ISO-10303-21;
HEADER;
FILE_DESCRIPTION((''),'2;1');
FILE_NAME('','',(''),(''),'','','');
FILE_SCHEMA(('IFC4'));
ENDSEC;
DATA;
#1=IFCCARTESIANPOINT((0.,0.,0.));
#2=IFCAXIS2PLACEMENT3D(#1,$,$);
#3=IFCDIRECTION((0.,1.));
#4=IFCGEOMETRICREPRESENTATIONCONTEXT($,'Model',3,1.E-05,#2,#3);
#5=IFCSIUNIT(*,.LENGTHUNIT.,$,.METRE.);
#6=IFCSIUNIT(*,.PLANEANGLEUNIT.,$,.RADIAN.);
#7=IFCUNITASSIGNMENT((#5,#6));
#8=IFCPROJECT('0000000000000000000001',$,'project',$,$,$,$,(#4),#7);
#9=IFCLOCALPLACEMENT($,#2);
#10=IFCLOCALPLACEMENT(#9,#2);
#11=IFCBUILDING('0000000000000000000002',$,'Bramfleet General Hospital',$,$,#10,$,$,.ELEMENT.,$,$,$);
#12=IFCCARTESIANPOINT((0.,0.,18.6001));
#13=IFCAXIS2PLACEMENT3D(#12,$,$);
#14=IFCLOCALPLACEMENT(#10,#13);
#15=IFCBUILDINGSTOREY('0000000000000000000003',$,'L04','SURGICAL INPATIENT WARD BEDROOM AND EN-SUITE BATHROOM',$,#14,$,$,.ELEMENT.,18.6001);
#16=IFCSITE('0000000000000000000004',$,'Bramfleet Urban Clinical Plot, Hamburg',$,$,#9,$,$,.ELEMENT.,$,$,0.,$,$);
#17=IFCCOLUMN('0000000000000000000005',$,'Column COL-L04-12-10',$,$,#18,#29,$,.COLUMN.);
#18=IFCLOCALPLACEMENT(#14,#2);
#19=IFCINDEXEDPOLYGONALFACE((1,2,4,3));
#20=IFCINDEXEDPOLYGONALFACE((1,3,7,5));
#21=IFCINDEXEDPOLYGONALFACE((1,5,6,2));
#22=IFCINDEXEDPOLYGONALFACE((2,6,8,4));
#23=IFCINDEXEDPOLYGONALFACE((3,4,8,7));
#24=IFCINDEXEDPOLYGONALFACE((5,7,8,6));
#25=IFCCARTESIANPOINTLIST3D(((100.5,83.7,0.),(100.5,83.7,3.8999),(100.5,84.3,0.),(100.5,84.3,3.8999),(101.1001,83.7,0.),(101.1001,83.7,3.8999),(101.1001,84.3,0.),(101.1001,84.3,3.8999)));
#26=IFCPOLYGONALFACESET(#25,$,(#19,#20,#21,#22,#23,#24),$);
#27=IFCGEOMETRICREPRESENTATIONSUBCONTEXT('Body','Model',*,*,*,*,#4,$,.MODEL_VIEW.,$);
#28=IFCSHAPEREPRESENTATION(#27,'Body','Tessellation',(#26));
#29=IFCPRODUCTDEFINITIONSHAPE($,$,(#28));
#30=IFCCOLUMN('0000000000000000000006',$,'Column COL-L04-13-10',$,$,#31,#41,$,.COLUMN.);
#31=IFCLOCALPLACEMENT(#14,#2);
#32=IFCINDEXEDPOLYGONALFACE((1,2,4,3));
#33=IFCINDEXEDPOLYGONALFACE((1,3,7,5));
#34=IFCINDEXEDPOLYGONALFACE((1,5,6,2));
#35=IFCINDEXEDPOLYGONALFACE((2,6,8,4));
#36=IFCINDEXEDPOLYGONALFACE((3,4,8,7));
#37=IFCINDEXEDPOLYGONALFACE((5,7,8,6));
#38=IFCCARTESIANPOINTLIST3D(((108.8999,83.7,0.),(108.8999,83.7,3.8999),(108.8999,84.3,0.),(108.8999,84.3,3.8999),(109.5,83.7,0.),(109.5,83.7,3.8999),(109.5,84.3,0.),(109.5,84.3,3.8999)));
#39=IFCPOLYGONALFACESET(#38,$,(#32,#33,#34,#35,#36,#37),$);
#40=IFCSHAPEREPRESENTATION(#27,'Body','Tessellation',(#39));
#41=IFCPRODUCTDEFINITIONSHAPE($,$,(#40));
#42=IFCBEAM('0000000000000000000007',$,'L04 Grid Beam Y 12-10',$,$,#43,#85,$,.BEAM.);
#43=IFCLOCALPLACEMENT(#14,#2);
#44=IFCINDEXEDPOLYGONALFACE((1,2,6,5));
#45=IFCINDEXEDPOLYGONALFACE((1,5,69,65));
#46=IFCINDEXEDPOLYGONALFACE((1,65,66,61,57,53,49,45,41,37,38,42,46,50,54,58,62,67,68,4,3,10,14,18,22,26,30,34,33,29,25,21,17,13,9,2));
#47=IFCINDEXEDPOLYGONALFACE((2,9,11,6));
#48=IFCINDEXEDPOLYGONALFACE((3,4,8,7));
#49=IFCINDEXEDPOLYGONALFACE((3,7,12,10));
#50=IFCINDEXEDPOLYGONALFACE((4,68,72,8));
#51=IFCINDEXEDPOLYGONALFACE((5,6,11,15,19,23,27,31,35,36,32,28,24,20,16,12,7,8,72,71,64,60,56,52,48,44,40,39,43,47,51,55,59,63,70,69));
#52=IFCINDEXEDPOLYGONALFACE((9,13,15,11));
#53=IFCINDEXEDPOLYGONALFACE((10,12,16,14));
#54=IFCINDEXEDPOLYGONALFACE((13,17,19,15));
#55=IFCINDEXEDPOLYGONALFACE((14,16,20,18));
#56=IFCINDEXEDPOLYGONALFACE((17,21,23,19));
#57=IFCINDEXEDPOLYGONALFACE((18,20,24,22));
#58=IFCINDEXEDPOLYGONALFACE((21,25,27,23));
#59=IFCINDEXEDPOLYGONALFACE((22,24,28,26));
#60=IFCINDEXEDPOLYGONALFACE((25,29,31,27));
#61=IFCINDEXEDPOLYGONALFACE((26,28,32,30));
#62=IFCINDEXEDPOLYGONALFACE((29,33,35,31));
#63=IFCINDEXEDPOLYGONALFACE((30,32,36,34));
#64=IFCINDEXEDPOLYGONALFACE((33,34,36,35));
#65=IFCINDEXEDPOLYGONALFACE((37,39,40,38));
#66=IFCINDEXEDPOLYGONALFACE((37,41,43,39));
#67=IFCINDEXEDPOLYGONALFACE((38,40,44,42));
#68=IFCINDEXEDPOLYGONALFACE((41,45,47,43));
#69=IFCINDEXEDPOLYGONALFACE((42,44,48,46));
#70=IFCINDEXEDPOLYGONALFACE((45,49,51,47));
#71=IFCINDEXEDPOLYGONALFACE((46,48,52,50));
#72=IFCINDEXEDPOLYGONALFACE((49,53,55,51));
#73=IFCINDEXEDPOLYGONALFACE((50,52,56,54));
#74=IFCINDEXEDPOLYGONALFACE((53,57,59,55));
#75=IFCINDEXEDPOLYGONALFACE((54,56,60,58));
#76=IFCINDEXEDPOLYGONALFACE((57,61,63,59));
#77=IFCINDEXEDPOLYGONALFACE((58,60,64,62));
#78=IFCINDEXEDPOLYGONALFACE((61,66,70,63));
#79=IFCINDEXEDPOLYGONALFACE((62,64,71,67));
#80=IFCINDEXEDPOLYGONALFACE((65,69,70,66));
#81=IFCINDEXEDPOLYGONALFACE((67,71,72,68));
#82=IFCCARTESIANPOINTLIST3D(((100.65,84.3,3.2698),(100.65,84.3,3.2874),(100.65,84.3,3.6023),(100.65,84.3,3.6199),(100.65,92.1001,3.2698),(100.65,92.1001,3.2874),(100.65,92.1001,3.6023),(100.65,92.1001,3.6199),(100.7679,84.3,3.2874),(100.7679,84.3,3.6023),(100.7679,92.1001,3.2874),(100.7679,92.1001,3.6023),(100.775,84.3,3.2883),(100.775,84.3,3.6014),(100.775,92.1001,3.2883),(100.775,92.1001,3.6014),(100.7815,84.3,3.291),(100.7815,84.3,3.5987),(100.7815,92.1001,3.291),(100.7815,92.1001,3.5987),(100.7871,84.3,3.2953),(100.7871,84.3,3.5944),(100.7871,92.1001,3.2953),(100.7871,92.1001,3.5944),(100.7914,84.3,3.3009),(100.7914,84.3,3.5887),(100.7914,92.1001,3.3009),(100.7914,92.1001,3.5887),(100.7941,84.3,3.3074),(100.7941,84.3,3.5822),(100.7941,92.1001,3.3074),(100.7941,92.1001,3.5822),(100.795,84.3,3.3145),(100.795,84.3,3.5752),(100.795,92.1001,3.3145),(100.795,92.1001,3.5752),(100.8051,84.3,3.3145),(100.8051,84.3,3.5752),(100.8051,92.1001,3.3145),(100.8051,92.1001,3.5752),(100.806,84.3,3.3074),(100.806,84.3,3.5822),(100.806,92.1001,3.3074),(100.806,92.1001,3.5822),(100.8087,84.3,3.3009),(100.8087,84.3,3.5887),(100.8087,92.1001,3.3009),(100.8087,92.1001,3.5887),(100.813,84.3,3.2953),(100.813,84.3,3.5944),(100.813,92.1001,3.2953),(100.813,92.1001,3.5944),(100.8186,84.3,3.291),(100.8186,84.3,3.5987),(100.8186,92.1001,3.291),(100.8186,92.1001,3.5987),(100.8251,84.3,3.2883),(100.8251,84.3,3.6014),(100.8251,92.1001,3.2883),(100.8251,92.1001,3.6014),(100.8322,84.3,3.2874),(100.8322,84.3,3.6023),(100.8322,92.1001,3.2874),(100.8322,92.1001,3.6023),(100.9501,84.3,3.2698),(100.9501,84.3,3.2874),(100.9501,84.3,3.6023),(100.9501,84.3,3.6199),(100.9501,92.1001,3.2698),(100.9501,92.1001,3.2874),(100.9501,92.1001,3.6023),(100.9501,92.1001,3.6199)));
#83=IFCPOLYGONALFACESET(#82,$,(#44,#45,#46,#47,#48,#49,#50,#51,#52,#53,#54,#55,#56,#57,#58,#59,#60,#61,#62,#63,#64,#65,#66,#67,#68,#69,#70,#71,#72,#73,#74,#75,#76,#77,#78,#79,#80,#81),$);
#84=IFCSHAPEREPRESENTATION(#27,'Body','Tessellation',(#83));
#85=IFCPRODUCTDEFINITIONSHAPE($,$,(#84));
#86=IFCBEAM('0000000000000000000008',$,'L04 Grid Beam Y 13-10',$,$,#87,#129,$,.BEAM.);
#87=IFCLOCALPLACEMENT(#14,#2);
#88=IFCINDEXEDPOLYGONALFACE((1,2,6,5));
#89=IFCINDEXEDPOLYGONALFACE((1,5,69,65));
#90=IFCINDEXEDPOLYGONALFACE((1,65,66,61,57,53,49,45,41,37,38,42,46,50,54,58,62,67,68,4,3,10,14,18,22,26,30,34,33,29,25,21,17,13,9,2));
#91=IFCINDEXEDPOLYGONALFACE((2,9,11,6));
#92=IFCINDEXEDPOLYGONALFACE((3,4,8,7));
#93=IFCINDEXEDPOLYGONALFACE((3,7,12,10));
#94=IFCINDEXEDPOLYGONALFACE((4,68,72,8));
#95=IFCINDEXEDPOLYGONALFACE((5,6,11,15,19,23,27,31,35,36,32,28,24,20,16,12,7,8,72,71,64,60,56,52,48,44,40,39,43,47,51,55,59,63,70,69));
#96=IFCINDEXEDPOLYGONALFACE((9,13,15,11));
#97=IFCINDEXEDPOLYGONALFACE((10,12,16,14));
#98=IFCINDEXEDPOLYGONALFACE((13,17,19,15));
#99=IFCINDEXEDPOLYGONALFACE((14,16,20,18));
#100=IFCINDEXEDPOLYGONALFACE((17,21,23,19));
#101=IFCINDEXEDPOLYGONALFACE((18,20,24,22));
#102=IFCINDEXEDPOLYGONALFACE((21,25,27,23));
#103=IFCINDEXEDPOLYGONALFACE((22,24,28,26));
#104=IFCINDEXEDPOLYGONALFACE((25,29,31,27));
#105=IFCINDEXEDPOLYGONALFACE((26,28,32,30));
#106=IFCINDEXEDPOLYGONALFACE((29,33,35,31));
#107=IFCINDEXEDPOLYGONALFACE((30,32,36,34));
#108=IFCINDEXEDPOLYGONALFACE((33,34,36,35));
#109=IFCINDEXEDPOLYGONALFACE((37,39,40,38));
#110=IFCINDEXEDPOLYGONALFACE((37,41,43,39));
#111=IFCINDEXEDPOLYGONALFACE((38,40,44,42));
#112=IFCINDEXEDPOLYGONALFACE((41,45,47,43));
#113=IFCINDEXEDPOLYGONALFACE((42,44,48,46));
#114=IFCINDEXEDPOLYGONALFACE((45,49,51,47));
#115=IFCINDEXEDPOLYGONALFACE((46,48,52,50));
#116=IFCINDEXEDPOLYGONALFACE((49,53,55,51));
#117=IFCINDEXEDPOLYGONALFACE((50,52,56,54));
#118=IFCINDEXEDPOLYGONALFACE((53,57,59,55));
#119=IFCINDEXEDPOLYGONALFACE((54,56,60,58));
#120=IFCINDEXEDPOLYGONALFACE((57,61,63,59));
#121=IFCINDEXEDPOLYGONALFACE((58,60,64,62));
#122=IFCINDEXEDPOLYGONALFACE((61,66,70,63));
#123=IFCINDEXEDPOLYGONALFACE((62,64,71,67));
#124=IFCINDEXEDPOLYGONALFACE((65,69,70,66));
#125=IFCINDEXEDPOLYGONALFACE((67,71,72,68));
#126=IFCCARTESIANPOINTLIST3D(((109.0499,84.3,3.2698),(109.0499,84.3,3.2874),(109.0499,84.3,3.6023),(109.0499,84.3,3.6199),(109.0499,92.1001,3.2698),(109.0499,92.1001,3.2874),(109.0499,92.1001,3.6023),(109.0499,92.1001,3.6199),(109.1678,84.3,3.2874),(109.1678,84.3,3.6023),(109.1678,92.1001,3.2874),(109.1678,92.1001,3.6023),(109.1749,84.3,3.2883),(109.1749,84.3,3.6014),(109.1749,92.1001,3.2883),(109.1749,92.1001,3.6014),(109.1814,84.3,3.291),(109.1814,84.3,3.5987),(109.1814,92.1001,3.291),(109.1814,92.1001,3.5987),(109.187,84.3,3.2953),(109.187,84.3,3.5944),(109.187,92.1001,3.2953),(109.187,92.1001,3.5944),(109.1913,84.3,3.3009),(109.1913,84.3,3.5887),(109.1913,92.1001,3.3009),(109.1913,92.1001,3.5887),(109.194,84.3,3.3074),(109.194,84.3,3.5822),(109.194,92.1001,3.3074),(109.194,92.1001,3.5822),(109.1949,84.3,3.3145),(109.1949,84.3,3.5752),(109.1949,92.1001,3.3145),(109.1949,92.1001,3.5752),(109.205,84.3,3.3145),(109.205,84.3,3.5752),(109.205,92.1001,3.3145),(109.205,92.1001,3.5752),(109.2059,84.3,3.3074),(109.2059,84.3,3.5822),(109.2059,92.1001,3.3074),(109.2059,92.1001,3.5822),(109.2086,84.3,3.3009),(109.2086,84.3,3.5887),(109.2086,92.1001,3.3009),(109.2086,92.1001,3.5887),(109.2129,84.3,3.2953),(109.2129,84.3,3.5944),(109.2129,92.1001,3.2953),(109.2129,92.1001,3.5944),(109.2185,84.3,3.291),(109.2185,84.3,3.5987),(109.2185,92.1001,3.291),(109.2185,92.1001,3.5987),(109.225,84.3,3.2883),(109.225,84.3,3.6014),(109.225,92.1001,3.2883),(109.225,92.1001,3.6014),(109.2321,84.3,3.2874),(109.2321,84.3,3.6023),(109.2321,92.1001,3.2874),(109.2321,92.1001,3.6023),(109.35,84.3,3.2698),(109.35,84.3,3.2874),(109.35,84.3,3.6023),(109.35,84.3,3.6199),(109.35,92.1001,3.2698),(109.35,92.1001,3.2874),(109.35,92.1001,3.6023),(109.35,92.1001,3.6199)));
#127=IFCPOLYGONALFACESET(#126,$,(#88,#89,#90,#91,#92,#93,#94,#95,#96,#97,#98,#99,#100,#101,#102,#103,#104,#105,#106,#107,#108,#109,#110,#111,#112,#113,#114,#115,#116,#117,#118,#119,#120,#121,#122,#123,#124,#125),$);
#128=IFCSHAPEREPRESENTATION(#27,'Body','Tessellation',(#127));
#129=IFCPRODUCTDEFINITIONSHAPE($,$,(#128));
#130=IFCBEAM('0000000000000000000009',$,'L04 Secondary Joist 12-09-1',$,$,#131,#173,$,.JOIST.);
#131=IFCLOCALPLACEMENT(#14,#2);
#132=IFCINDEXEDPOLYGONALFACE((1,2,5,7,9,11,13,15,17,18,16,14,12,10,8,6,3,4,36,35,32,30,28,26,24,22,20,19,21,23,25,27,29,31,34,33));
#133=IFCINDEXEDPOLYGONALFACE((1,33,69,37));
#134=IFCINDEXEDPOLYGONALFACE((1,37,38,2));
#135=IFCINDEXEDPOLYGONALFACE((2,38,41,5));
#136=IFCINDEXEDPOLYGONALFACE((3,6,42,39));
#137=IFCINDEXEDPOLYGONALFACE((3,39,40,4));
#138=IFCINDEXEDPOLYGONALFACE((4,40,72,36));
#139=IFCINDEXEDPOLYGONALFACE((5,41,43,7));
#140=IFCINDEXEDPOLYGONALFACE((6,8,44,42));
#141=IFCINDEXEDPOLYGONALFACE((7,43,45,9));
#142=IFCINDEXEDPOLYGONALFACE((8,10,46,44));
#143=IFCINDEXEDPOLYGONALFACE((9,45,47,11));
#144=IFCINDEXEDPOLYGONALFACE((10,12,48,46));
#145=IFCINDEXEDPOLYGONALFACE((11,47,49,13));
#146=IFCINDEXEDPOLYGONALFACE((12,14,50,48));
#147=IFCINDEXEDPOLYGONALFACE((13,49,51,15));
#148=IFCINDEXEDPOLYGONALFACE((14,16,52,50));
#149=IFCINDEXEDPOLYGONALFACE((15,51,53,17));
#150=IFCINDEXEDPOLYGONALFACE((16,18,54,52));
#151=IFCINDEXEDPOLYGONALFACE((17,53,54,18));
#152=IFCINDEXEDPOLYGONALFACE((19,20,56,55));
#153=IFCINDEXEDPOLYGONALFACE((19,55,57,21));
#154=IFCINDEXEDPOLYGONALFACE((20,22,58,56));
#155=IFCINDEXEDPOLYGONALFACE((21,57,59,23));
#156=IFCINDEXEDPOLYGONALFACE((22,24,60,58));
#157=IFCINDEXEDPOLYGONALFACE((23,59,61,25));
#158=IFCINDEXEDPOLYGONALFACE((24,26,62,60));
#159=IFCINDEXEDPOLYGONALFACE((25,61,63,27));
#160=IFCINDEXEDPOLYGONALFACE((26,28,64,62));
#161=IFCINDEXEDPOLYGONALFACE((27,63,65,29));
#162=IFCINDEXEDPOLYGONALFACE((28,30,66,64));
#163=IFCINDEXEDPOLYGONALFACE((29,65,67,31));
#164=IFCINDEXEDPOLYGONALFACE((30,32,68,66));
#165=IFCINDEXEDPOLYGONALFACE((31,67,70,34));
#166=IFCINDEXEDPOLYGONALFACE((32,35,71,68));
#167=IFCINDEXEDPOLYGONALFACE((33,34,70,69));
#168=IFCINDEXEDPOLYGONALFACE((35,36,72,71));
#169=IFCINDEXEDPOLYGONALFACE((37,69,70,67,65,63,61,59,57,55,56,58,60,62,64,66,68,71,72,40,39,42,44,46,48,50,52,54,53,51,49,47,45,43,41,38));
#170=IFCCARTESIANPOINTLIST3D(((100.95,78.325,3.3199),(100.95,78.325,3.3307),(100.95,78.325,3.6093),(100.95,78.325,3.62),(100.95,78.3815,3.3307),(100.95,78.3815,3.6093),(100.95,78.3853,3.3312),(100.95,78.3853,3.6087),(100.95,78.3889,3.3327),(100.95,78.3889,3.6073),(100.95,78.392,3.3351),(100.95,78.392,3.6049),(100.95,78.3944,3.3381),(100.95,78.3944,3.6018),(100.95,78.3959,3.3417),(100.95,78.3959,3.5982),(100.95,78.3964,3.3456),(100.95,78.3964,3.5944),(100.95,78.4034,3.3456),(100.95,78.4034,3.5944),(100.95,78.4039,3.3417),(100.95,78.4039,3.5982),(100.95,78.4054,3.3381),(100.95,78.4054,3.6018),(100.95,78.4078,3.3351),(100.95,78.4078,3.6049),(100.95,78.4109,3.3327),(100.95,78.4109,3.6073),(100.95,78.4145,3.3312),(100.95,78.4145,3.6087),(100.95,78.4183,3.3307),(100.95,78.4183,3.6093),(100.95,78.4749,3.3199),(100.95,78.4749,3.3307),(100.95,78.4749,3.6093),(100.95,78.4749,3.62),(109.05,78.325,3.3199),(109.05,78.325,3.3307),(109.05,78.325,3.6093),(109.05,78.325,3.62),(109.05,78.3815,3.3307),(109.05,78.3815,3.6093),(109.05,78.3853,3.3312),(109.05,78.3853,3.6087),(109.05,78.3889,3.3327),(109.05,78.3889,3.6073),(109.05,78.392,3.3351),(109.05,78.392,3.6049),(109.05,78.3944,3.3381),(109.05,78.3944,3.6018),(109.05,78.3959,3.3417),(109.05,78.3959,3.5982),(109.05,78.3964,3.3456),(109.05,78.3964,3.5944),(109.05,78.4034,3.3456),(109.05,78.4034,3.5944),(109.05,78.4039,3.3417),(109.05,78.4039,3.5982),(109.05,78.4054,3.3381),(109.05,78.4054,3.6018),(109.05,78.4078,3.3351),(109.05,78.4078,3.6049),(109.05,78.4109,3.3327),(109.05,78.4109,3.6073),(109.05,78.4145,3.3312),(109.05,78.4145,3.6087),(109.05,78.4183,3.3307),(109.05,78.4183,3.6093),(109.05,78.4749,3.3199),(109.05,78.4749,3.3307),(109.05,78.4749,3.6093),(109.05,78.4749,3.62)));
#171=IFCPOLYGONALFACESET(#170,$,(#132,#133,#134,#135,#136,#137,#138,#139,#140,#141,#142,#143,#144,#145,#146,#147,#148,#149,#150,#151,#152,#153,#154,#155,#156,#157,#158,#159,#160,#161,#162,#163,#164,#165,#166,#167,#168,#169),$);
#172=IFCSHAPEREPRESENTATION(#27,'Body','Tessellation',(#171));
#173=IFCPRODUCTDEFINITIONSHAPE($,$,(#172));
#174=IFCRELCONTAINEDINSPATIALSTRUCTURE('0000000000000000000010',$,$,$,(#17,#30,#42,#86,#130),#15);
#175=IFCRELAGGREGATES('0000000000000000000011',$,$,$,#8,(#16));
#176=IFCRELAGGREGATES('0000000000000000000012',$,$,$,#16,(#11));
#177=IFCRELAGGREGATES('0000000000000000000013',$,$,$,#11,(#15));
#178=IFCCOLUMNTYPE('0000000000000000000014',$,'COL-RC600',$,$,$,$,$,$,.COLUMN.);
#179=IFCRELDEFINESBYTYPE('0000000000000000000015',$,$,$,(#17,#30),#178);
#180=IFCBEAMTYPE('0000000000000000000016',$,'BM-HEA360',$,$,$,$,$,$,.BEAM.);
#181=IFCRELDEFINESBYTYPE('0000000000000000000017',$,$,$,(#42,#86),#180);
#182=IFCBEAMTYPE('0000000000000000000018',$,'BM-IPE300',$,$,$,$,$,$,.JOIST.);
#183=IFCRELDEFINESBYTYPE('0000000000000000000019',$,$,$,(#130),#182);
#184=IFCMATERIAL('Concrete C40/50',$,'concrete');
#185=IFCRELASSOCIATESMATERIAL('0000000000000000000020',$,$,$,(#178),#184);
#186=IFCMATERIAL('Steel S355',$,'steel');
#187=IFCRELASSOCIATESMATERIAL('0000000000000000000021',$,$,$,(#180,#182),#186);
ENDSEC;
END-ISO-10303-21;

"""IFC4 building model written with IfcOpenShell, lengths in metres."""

from ifc_helpers import new_model, si_unit, direction, frame, origin, origin_2d, place, context, subcontext, project, spatial, rectangle, i_section, extrude, material, material_profile, profile_set, type_object, element, save


model = new_model("IFC4")

# Units and contexts
model_context = context("Model", 3, precision=1e-05, world=origin(), true_north=direction((0.0, 1.0)))
body_context = subcontext(model_context, "Body", "Model", "MODEL_VIEW")
ifc_project = project(units=[si_unit("LENGTHUNIT", "METRE"), si_unit("PLANEANGLEUNIT", "RADIAN")], contexts=[model_context])

# Site, building, storey
site_placement = place(None, origin())
site = spatial("IfcSite", under=ifc_project, at=site_placement, Name="Bramfleet Urban Clinical Plot, Hamburg", CompositionType="ELEMENT", RefElevation=0.0)
building_placement = place(site_placement, origin())
building = spatial("IfcBuilding", under=site, at=building_placement, Name="Bramfleet General Hospital", CompositionType="ELEMENT")
storey_placement = place(building_placement, frame((0.0, 0.0, 18.6001)))
storey = spatial("IfcBuildingStorey", under=building, at=storey_placement, Name="L04", Description="SURGICAL INPATIENT WARD BEDROOM AND EN-SUITE BATHROOM", CompositionType="ELEMENT", Elevation=18.6001)

# Columns
ifc_material_1 = material(Name="Concrete C40/50", Category="concrete")
ifc_material_profile_1 = material_profile(ifc_material_1, rectangle(XDim=0.6001, YDim=0.6001, at=origin_2d()), Name="RC COL 600x600")
ifc_profile_set_1 = profile_set([ifc_material_profile_1], Name="Concrete C40/50")
column_type = type_object("IfcColumnType", Name="COL-RC600", PredefinedType="COLUMN", material=ifc_profile_set_1)
for number, where, z_axis, x_axis, name in (
    (1, (100.8, 84.0, 0.0), (0.0, 0.0, 1.0), (1.0, 0.0, 0.0), "Column COL-L04-12-10"),
    (2, (109.2, 84.0, 0.0), (0.0, 0.0, 1.0), (1.0, 0.0, 0.0), "Column COL-L04-13-10"),
):
    element("IfcColumn", number, at=place(storey_placement, frame(where, z_axis=z_axis, x_axis=x_axis)), inside=storey, type_object=column_type, Name=name, PredefinedType="COLUMN", context=body_context, shape_type="SweptSolid", body=[
        extrude(rectangle(XDim=0.6001, YDim=0.6001, at=origin_2d()), origin(), (0.0, 0.0, 1.0), 3.8999),
    ])

# Beams
ifc_material_2 = material(Name="Steel S355", Category="steel")
ifc_material_profile_2 = material_profile(ifc_material_2, i_section(OverallWidth=0.3, OverallDepth=0.3501, WebThickness=0.01, FlangeThickness=0.0176, FilletRadius=0.0271, at=origin_2d()), Name="HEA 360")
ifc_profile_set_2 = profile_set([ifc_material_profile_2], Name="Steel S355")
beam_type_1 = type_object("IfcBeamType", Name="BM-HEA360", PredefinedType="BEAM", material=ifc_profile_set_2)
for number, where, z_axis, x_axis, name in (
    (3, (100.8, 84.3, 3.4448), (0.0, 1.0, 0.0), (-1.0, 0.0, 0.0), "L04 Grid Beam Y 12-10"),
    (4, (109.2, 84.3, 3.4448), (0.0, 1.0, 0.0), (-1.0, 0.0, 0.0), "L04 Grid Beam Y 13-10"),
):
    element("IfcBeam", number, at=place(storey_placement, frame(where, z_axis=z_axis, x_axis=x_axis)), inside=storey, type_object=beam_type_1, Name=name, PredefinedType="BEAM", context=body_context, shape_type="SweptSolid", body=[
        extrude(i_section(OverallWidth=0.3, OverallDepth=0.3501, WebThickness=0.01, FlangeThickness=0.0176, FilletRadius=0.0271, at=origin_2d()), origin(), (0.0, 0.0, 1.0), 7.8),
    ])
ifc_material_profile_3 = material_profile(ifc_material_2, i_section(OverallWidth=0.1499, OverallDepth=0.3, WebThickness=0.0071, FlangeThickness=0.0107, FilletRadius=0.0149, at=origin_2d()), Name="IPE 300")
ifc_profile_set_3 = profile_set([ifc_material_profile_3], Name="Steel S355")
beam_type_2 = type_object("IfcBeamType", Name="BM-IPE300", PredefinedType="JOIST", material=ifc_profile_set_3)
for number, where, z_axis, x_axis, name in (
    (5, (100.95, 78.3999, 3.47), (1.0, 0.0, 0.0), (0.0, 1.0, 0.0), "L04 Secondary Joist 12-09-1"),
):
    element("IfcBeam", number, at=place(storey_placement, frame(where, z_axis=z_axis, x_axis=x_axis)), inside=storey, type_object=beam_type_2, Name=name, PredefinedType="JOIST", context=body_context, shape_type="SweptSolid", body=[
        extrude(i_section(OverallWidth=0.1499, OverallDepth=0.3, WebThickness=0.0071, FlangeThickness=0.0107, FilletRadius=0.0149, at=origin_2d()), origin(), (0.0, 0.0, 1.0), 8.1001),
    ])

save(model, "model.ifc")
